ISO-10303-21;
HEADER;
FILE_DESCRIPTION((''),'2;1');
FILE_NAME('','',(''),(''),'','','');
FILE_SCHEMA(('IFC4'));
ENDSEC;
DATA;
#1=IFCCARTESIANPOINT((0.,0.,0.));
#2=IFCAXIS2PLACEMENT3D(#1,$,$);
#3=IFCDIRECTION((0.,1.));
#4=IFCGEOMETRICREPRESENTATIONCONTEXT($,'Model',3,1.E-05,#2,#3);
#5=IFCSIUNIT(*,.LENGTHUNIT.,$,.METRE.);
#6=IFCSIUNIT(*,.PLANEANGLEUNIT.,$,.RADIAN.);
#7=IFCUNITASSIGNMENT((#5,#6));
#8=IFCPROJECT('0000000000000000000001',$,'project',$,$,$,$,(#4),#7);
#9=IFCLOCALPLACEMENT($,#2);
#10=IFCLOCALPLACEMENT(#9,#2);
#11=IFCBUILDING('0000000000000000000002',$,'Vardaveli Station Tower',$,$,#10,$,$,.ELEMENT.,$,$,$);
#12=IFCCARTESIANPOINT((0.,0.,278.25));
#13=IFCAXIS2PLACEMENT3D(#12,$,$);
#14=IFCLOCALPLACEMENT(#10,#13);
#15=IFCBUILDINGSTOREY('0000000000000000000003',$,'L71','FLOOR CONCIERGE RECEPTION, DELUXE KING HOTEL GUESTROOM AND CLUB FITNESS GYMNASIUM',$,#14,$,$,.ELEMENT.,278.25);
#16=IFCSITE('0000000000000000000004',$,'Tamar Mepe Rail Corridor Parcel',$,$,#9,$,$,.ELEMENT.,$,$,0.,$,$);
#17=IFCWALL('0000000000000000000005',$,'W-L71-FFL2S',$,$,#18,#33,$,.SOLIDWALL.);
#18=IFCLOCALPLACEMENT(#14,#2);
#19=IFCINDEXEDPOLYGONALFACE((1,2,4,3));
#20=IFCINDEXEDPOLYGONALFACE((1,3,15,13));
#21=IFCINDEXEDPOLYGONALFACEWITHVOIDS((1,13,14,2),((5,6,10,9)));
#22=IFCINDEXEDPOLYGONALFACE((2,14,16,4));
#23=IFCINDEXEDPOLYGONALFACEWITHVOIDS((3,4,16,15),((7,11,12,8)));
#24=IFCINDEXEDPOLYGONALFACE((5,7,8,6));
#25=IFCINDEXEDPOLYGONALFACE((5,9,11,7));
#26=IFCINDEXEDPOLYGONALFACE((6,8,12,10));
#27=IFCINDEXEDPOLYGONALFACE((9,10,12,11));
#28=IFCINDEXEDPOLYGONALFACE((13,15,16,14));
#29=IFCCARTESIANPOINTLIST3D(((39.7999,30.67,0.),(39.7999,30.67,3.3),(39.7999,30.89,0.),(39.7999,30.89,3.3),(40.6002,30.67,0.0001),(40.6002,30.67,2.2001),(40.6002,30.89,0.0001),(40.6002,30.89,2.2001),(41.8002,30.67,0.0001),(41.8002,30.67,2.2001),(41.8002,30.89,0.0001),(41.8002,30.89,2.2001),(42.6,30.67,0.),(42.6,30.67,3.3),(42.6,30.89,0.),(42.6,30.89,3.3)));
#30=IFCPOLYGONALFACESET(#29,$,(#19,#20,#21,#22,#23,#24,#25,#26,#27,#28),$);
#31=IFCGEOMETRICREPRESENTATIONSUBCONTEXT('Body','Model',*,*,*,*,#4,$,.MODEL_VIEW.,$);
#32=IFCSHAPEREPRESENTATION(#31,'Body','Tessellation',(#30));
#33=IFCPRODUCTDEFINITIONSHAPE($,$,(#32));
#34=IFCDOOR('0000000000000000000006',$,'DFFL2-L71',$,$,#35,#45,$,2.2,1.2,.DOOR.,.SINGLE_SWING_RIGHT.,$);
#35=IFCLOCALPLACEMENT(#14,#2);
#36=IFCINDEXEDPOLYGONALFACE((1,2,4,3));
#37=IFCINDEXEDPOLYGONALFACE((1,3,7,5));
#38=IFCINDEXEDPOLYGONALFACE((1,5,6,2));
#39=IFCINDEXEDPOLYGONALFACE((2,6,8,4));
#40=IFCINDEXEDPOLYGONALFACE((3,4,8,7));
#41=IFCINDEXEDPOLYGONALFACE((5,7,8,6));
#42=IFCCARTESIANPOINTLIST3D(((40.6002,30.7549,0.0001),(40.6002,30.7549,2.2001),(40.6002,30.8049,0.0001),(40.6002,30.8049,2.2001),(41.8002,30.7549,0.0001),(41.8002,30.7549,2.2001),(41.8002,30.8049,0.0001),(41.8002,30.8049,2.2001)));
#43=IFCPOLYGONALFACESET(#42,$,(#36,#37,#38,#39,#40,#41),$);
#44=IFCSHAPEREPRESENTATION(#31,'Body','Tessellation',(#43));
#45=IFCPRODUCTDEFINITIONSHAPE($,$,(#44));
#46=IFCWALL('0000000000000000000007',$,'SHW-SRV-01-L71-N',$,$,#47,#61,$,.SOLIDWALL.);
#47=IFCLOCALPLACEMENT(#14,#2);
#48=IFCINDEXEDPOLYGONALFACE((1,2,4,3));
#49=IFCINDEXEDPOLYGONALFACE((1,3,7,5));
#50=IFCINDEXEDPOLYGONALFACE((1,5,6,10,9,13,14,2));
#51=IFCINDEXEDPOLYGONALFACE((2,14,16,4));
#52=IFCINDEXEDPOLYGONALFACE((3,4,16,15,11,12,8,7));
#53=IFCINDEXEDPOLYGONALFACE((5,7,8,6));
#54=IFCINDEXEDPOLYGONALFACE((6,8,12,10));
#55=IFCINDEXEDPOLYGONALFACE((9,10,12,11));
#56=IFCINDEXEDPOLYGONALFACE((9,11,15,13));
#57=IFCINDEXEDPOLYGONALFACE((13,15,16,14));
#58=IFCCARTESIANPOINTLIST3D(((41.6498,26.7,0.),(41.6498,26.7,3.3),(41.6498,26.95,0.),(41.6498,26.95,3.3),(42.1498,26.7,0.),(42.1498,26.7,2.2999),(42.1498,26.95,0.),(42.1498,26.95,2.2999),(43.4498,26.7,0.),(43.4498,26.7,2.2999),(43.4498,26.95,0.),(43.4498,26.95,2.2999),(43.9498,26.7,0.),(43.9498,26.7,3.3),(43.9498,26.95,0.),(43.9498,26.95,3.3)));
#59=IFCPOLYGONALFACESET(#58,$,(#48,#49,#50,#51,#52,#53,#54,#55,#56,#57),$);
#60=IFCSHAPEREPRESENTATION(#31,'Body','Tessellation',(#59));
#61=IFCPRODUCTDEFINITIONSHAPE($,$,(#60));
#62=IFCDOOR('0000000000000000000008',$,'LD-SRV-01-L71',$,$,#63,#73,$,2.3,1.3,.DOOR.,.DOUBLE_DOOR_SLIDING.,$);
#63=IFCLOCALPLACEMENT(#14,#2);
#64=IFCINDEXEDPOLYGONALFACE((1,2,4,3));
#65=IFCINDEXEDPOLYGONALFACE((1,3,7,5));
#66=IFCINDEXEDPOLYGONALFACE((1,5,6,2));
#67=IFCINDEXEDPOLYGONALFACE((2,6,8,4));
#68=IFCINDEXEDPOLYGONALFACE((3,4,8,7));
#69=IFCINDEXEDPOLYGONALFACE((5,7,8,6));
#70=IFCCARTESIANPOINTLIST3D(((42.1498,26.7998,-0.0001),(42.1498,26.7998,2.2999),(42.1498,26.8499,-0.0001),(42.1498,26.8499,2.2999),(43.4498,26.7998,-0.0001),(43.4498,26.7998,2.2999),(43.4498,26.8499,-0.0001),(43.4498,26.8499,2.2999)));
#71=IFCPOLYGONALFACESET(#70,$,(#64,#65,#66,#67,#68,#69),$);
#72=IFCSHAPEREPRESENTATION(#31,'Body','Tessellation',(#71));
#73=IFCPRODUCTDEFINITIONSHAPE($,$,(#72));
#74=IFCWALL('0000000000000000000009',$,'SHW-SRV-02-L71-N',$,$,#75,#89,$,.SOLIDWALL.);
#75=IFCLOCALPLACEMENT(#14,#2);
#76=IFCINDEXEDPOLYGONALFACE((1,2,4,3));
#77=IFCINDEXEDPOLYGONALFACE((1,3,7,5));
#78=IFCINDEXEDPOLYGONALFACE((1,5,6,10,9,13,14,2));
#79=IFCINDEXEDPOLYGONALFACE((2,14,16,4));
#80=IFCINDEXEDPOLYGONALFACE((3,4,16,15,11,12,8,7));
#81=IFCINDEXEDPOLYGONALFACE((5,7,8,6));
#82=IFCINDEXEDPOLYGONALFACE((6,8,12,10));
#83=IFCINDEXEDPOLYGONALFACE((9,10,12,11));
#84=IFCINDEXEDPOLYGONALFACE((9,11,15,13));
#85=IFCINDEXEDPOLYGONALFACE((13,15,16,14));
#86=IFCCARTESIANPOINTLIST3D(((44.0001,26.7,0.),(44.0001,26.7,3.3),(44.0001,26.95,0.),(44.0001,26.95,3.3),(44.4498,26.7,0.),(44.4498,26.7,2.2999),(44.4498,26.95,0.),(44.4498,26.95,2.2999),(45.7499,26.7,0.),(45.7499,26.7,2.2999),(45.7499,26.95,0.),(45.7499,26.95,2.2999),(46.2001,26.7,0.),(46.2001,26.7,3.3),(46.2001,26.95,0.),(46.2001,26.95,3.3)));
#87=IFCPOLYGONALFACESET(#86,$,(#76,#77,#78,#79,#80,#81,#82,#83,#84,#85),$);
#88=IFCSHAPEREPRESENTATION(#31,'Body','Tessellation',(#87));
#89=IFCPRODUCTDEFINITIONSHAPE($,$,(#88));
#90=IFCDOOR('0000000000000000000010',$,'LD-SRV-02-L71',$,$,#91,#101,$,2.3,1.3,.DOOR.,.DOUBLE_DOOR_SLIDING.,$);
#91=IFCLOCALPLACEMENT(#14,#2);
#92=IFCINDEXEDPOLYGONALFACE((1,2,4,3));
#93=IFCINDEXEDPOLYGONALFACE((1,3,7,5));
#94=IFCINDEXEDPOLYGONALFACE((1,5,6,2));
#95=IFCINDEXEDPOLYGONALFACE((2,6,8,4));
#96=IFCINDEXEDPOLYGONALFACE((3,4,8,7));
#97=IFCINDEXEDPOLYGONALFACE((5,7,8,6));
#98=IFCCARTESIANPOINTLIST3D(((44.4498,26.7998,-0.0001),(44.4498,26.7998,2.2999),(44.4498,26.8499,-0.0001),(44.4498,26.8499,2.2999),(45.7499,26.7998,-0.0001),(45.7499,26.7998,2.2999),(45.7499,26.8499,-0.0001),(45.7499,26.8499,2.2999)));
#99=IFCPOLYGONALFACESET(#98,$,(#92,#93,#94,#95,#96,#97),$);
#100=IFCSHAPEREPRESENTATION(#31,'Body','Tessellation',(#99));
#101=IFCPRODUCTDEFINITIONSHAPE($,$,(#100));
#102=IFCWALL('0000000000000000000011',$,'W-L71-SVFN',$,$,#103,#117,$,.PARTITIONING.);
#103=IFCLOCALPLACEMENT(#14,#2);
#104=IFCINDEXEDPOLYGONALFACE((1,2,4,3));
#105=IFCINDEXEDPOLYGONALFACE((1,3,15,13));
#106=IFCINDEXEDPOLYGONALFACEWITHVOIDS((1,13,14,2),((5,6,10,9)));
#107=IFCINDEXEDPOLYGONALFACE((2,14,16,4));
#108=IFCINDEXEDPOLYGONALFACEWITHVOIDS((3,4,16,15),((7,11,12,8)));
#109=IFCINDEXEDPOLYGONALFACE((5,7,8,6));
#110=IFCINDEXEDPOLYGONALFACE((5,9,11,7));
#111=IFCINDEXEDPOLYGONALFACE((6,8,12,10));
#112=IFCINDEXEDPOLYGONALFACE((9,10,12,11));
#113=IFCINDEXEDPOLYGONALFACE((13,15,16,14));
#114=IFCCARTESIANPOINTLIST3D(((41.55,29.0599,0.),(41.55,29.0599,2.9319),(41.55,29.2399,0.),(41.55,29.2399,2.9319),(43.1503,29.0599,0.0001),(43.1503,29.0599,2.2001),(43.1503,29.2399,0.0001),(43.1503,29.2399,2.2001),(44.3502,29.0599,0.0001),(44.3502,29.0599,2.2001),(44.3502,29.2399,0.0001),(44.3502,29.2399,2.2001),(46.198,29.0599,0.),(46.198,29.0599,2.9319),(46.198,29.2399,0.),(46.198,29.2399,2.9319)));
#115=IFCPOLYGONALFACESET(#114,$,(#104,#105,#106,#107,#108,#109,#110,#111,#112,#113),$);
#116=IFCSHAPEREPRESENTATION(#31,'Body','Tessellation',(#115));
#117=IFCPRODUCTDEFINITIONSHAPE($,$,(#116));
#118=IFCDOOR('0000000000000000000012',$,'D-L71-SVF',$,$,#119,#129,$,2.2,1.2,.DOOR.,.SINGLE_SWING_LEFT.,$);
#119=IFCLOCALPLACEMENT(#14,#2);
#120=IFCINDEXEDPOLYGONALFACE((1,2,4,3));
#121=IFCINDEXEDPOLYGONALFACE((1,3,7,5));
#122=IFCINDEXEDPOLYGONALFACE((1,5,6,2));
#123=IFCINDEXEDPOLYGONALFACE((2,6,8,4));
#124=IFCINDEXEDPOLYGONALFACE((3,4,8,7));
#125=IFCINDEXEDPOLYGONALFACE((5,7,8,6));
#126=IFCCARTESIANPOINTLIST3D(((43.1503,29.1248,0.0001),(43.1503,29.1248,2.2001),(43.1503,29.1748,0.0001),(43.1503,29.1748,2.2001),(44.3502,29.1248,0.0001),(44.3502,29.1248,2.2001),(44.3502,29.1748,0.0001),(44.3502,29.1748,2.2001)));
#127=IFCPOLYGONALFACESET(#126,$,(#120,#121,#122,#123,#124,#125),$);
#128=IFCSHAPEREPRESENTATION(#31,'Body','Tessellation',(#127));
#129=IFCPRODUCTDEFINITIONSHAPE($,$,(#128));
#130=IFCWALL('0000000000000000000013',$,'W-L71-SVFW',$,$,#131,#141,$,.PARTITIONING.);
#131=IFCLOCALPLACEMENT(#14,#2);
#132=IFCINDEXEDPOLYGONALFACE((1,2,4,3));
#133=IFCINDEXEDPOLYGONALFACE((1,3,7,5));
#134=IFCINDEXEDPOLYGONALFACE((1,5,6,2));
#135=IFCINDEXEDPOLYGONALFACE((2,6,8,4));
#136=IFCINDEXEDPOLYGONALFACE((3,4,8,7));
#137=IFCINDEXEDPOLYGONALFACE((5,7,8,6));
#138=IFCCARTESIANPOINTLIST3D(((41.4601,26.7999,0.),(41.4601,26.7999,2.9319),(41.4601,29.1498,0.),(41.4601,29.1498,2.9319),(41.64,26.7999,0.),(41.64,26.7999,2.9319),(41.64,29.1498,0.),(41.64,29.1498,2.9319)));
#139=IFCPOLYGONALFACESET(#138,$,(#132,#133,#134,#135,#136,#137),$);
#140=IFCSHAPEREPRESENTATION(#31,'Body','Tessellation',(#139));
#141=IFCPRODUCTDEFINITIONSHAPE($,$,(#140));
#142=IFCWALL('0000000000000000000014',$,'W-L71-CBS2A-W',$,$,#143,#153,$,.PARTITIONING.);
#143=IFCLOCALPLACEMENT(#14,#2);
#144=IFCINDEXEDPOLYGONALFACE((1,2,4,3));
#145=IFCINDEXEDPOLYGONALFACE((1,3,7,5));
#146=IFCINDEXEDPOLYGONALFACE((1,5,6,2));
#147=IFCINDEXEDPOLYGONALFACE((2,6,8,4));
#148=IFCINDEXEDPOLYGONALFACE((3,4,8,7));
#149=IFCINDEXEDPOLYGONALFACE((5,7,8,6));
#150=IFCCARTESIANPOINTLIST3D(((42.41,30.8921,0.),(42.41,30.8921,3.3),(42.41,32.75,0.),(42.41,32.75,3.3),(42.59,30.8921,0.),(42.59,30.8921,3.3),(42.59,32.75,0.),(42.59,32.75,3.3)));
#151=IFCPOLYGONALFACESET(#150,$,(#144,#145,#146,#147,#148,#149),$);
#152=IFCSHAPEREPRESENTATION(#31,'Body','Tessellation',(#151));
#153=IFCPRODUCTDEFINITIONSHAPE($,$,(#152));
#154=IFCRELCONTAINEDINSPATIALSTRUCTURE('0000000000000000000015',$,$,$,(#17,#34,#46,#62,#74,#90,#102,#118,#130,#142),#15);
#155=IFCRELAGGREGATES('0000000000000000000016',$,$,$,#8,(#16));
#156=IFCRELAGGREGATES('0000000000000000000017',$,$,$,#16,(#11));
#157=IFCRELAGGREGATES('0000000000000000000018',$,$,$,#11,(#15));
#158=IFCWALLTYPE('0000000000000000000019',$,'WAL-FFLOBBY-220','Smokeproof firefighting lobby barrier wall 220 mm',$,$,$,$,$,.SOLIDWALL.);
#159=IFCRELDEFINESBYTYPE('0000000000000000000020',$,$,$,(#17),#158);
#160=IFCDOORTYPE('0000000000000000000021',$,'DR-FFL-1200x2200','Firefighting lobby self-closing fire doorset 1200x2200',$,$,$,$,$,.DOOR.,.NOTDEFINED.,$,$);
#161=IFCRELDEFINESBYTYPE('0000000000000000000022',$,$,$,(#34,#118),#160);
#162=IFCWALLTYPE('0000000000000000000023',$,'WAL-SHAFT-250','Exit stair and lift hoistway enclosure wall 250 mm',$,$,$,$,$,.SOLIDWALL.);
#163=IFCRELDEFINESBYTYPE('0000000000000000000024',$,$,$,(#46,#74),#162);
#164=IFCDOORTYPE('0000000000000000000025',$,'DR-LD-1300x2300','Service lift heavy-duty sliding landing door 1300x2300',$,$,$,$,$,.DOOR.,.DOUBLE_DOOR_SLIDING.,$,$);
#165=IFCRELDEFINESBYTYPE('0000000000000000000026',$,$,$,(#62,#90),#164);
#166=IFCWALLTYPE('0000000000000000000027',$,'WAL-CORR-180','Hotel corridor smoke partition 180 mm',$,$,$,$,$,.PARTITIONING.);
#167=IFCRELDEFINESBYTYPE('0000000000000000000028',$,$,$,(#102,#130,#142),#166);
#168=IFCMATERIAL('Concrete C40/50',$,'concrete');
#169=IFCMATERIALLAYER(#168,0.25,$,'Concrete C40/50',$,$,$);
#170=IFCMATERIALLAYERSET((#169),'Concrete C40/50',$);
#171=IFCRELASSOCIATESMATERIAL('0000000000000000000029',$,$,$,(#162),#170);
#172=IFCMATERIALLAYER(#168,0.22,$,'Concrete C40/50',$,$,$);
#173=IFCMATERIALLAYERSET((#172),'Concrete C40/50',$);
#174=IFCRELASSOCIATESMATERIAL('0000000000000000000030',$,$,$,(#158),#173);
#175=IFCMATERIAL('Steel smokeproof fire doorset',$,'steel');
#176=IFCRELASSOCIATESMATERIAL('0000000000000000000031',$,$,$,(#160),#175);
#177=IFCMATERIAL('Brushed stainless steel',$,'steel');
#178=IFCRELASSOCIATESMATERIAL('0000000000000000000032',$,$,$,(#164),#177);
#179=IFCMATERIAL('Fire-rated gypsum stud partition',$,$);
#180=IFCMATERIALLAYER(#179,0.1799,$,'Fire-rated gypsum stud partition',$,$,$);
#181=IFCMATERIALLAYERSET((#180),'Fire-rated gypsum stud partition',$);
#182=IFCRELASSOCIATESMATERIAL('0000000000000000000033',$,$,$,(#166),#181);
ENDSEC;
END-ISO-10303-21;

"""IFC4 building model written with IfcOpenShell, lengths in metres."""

from ifc_helpers import new_model, si_unit, direction, frame, frame_2d, origin, place, context, subcontext, project, spatial, rectangle, extrude, source, transform, mapped, material, layer, layer_set, type_object, element, fill, save


model = new_model("IFC4")

# Units and contexts
model_context = context("Model", 3, precision=1e-05, world=origin(), true_north=direction((0.0, 1.0)))
body_context = subcontext(model_context, "Body", "Model", "MODEL_VIEW")
ifc_project = project(units=[si_unit("LENGTHUNIT", "METRE"), si_unit("PLANEANGLEUNIT", "RADIAN")], contexts=[model_context])

# Site, building, storey
site_placement = place(None, origin())
site = spatial("IfcSite", under=ifc_project, at=site_placement, Name="Tamar Mepe Rail Corridor Parcel", CompositionType="ELEMENT", RefElevation=0.0)
building_placement = place(site_placement, origin())
building = spatial("IfcBuilding", under=site, at=building_placement, Name="Vardaveli Station Tower", CompositionType="ELEMENT")
storey_placement = place(building_placement, frame((0.0, 0.0, 278.25)))
storey = spatial("IfcBuildingStorey", under=building, at=storey_placement, Name="L71", Description="FLOOR CONCIERGE RECEPTION, DELUXE KING HOTEL GUESTROOM AND CLUB FITNESS GYMNASIUM", CompositionType="ELEMENT", Elevation=278.25)

# Shared definitions
ifc_material_1 = material(Name="Concrete C40/50", Category="concrete")
ifc_layer_1 = layer(ifc_material_1, 0.25, Name="Concrete C40/50")
ifc_layer_set_1 = layer_set([ifc_layer_1], Name="Concrete C40/50")
wall_type_1 = type_object("IfcWallType", Name="WAL-SHAFT-250", Description="Exit stair and lift hoistway enclosure wall 250 mm", PredefinedType="SOLIDWALL", material=ifc_layer_set_1)

# Walls, openings, doors
ifc_layer_2 = layer(ifc_material_1, 0.22, Name="Concrete C40/50")
ifc_layer_set_2 = layer_set([ifc_layer_2], Name="Concrete C40/50")
wall_type_2 = type_object("IfcWallType", Name="WAL-FFLOBBY-220", Description="Smokeproof firefighting lobby barrier wall 220 mm", PredefinedType="SOLIDWALL", material=ifc_layer_set_2)
shared_shape_1 = source(origin(), body_context, "Body", "SweptSolid", [
    extrude(rectangle(XDim=2.8, YDim=0.22, at=frame_2d((1.3999, 0.0))), origin(), (0.0, 0.0, 1.0), 3.3),
])
wall_1_placement = place(storey_placement, frame((39.8, 30.78, 0.0), z_axis=(0.0, 0.0, 1.0), x_axis=(1.0, 0.0, 0.0)))
wall_1 = element("IfcWall", 1, at=wall_1_placement, inside=storey, type_object=wall_type_2, Name="W-L71-FFL2S", PredefinedType="SOLIDWALL", context=body_context, shape_type="MappedRepresentation", body=[
    mapped(shared_shape_1, transform((0.0, 0.0, 0.0), scale=1.0)),
])
shared_shape_2 = source(origin(), body_context, "Body", "SweptSolid", [
    extrude(rectangle(XDim=1.2, YDim=2.2, at=frame_2d((0.6001, 1.1001))), frame((0.0, 0.1201, 0.0), z_axis=(0.0, -1.0, 0.0), x_axis=(1.0, 0.0, 0.0)), (0.0, 0.0, 1.0), 0.24),
])
opening_1_placement = place(wall_1_placement, frame((0.8, 0.0, 0.0)))
opening_1 = element("IfcOpeningElement", 2, at=opening_1_placement, cuts=wall_1, PredefinedType="OPENING", context=body_context, shape_type="MappedRepresentation", body=[
    mapped(shared_shape_2, transform((0.0, 0.0, 0.0), scale=1.0)),
])
ifc_material_2 = material(Name="Steel smokeproof fire doorset", Category="steel")
door_type_1 = type_object("IfcDoorType", Name="DR-FFL-1200x2200", Description="Firefighting lobby self-closing fire doorset 1200x2200", OperationType="NOTDEFINED", PredefinedType="DOOR", material=ifc_material_2)
shared_shape_3 = source(origin(), body_context, "Body", "SweptSolid", [
    extrude(rectangle(XDim=1.2, YDim=2.2, at=frame_2d((0.6001, 1.1001))), frame((0.0, 0.0249, 0.0), z_axis=(0.0, -1.0, 0.0), x_axis=(1.0, 0.0, 0.0)), (0.0, 0.0, 1.0), 0.05),
])
door_1_placement = place(opening_1_placement, origin())
door_1 = element("IfcDoor", 3, at=door_1_placement, inside=storey, type_object=door_type_1, Name="DFFL2-L71", OperationType="SINGLE_SWING_RIGHT", OverallHeight=2.2, OverallWidth=1.2, PredefinedType="DOOR", context=body_context, shape_type="MappedRepresentation", body=[
    mapped(shared_shape_3, transform((0.0, 0.0, 0.0), scale=1.0)),
])
fill(opening_1, door_1)
shared_shape_4 = source(origin(), body_context, "Body", "SweptSolid", [
    extrude(rectangle(XDim=2.3, YDim=0.25, at=frame_2d((1.1499, 0.0))), origin(), (0.0, 0.0, 1.0), 3.3),
])
wall_2_placement = place(storey_placement, frame((41.6499, 26.825, 0.0), z_axis=(0.0, 0.0, 1.0), x_axis=(1.0, 0.0, 0.0)))
wall_2 = element("IfcWall", 4, at=wall_2_placement, inside=storey, type_object=wall_type_1, Name="SHW-SRV-01-L71-N", PredefinedType="SOLIDWALL", context=body_context, shape_type="MappedRepresentation", body=[
    mapped(shared_shape_4, transform((0.0, 0.0, 0.0), scale=1.0)),
])
shared_shape_5 = source(origin(), body_context, "Body", "SweptSolid", [
    extrude(rectangle(XDim=1.3, YDim=2.3, at=frame_2d((0.6499, 1.1499))), frame((0.0, 0.135, 0.0), z_axis=(0.0, -1.0, 0.0), x_axis=(1.0, 0.0, 0.0)), (0.0, 0.0, 1.0), 0.27),
])
opening_2_placement = place(wall_2_placement, frame((0.5, 0.0, 0.0)))
opening_2 = element("IfcOpeningElement", 5, at=opening_2_placement, cuts=wall_2, PredefinedType="OPENING", context=body_context, shape_type="MappedRepresentation", body=[
    mapped(shared_shape_5, transform((0.0, 0.0, 0.0), scale=1.0)),
])
ifc_material_3 = material(Name="Brushed stainless steel", Category="steel")
door_type_2 = type_object("IfcDoorType", Name="DR-LD-1300x2300", Description="Service lift heavy-duty sliding landing door 1300x2300", OperationType="DOUBLE_DOOR_SLIDING", PredefinedType="DOOR", material=ifc_material_3)
shared_shape_6 = source(origin(), body_context, "Body", "SweptSolid", [
    extrude(rectangle(XDim=1.3, YDim=2.3, at=frame_2d((0.6499, 1.1499))), frame((0.0, 0.0249, 0.0), z_axis=(0.0, -1.0, 0.0), x_axis=(1.0, 0.0, 0.0)), (0.0, 0.0, 1.0), 0.05),
])
door_2_placement = place(opening_2_placement, origin())
door_2 = element("IfcDoor", 6, at=door_2_placement, inside=storey, type_object=door_type_2, Name="LD-SRV-01-L71", OperationType="DOUBLE_DOOR_SLIDING", OverallHeight=2.3, OverallWidth=1.3, PredefinedType="DOOR", context=body_context, shape_type="MappedRepresentation", body=[
    mapped(shared_shape_6, transform((0.0, 0.0, 0.0), scale=1.0)),
])
fill(opening_2, door_2)
shared_shape_7 = source(origin(), body_context, "Body", "SweptSolid", [
    extrude(rectangle(XDim=2.2, YDim=0.25, at=frame_2d((1.1001, 0.0))), origin(), (0.0, 0.0, 1.0), 3.3),
])
wall_3_placement = place(storey_placement, frame((44.0, 26.825, 0.0), z_axis=(0.0, 0.0, 1.0), x_axis=(1.0, 0.0, 0.0)))
wall_3 = element("IfcWall", 7, at=wall_3_placement, inside=storey, type_object=wall_type_1, Name="SHW-SRV-02-L71-N", PredefinedType="SOLIDWALL", context=body_context, shape_type="MappedRepresentation", body=[
    mapped(shared_shape_7, transform((0.0, 0.0, 0.0), scale=1.0)),
])
opening_3_placement = place(wall_3_placement, frame((0.45, 0.0, 0.0)))
opening_3 = element("IfcOpeningElement", 8, at=opening_3_placement, cuts=wall_3, PredefinedType="OPENING", context=body_context, shape_type="MappedRepresentation", body=[
    mapped(shared_shape_5, transform((0.0, 0.0, 0.0), scale=1.0)),
])
door_3_placement = place(opening_3_placement, origin())
door_3 = element("IfcDoor", 9, at=door_3_placement, inside=storey, type_object=door_type_2, Name="LD-SRV-02-L71", OperationType="DOUBLE_DOOR_SLIDING", OverallHeight=2.3, OverallWidth=1.3, PredefinedType="DOOR", context=body_context, shape_type="MappedRepresentation", body=[
    mapped(shared_shape_6, transform((0.0, 0.0, 0.0), scale=1.0)),
])
fill(opening_3, door_3)
ifc_material_4 = material(Name="Fire-rated gypsum stud partition")
ifc_layer_3 = layer(ifc_material_4, 0.1799, Name="Fire-rated gypsum stud partition")
ifc_layer_set_3 = layer_set([ifc_layer_3], Name="Fire-rated gypsum stud partition")
wall_type_3 = type_object("IfcWallType", Name="WAL-CORR-180", Description="Hotel corridor smoke partition 180 mm", PredefinedType="PARTITIONING", material=ifc_layer_set_3)
shared_shape_8 = source(origin(), body_context, "Body", "SweptSolid", [
    extrude(rectangle(XDim=4.6479, YDim=0.1799, at=frame_2d((2.324, 0.0))), origin(), (0.0, 0.0, 1.0), 2.9319),
])
wall_4_placement = place(storey_placement, frame((41.55, 29.1499, 0.0), z_axis=(0.0, 0.0, 1.0), x_axis=(1.0, 0.0, 0.0)))
wall_4 = element("IfcWall", 10, at=wall_4_placement, inside=storey, type_object=wall_type_3, Name="W-L71-SVFN", PredefinedType="PARTITIONING", context=body_context, shape_type="MappedRepresentation", body=[
    mapped(shared_shape_8, transform((0.0, 0.0, 0.0), scale=1.0)),
])
shared_shape_9 = source(origin(), body_context, "Body", "SweptSolid", [
    extrude(rectangle(XDim=1.2, YDim=2.2, at=frame_2d((0.6001, 1.1001))), frame((0.0, 0.1001, 0.0), z_axis=(0.0, -1.0, 0.0), x_axis=(1.0, 0.0, 0.0)), (0.0, 0.0, 1.0), 0.2),
])
opening_4_placement = place(wall_4_placement, frame((1.6001, 0.0, 0.0)))
opening_4 = element("IfcOpeningElement", 11, at=opening_4_placement, cuts=wall_4, PredefinedType="OPENING", context=body_context, shape_type="MappedRepresentation", body=[
    mapped(shared_shape_9, transform((0.0, 0.0, 0.0), scale=1.0)),
])
door_4_placement = place(opening_4_placement, origin())
door_4 = element("IfcDoor", 12, at=door_4_placement, inside=storey, type_object=door_type_1, Name="D-L71-SVF", OperationType="SINGLE_SWING_LEFT", OverallHeight=2.2, OverallWidth=1.2, PredefinedType="DOOR", context=body_context, shape_type="MappedRepresentation", body=[
    mapped(shared_shape_3, transform((0.0, 0.0, 0.0), scale=1.0)),
])
fill(opening_4, door_4)

# Walls
shared_shape_10 = source(origin(), body_context, "Body", "SweptSolid", [
    extrude(rectangle(XDim=2.3499, YDim=0.1799, at=frame_2d((1.1748, 0.0))), origin(), (0.0, 0.0, 1.0), 2.9319),
])
wall_5_placement = place(storey_placement, frame((41.55, 26.8, 0.0), z_axis=(0.0, 0.0, 1.0), x_axis=(0.0, 1.0, 0.0)))
element("IfcWall", 13, at=wall_5_placement, inside=storey, type_object=wall_type_3, Name="W-L71-SVFW", PredefinedType="PARTITIONING", context=body_context, shape_type="MappedRepresentation", body=[
    mapped(shared_shape_10, transform((0.0, 0.0, 0.0), scale=1.0)),
])
shared_shape_11 = source(origin(), body_context, "Body", "SweptSolid", [
    extrude(rectangle(XDim=1.8579, YDim=0.1799, at=frame_2d((0.929, 0.0))), origin(), (0.0, 0.0, 1.0), 3.3),
])
wall_6_placement = place(storey_placement, frame((42.5, 30.8921, 0.0), z_axis=(0.0, 0.0, 1.0), x_axis=(0.0, 1.0, 0.0)))
element("IfcWall", 14, at=wall_6_placement, inside=storey, type_object=wall_type_3, Name="W-L71-CBS2A-W", PredefinedType="PARTITIONING", context=body_context, shape_type="MappedRepresentation", body=[
    mapped(shared_shape_11, transform((0.0, 0.0, 0.0), scale=1.0)),
])

save(model, "model.ifc")
